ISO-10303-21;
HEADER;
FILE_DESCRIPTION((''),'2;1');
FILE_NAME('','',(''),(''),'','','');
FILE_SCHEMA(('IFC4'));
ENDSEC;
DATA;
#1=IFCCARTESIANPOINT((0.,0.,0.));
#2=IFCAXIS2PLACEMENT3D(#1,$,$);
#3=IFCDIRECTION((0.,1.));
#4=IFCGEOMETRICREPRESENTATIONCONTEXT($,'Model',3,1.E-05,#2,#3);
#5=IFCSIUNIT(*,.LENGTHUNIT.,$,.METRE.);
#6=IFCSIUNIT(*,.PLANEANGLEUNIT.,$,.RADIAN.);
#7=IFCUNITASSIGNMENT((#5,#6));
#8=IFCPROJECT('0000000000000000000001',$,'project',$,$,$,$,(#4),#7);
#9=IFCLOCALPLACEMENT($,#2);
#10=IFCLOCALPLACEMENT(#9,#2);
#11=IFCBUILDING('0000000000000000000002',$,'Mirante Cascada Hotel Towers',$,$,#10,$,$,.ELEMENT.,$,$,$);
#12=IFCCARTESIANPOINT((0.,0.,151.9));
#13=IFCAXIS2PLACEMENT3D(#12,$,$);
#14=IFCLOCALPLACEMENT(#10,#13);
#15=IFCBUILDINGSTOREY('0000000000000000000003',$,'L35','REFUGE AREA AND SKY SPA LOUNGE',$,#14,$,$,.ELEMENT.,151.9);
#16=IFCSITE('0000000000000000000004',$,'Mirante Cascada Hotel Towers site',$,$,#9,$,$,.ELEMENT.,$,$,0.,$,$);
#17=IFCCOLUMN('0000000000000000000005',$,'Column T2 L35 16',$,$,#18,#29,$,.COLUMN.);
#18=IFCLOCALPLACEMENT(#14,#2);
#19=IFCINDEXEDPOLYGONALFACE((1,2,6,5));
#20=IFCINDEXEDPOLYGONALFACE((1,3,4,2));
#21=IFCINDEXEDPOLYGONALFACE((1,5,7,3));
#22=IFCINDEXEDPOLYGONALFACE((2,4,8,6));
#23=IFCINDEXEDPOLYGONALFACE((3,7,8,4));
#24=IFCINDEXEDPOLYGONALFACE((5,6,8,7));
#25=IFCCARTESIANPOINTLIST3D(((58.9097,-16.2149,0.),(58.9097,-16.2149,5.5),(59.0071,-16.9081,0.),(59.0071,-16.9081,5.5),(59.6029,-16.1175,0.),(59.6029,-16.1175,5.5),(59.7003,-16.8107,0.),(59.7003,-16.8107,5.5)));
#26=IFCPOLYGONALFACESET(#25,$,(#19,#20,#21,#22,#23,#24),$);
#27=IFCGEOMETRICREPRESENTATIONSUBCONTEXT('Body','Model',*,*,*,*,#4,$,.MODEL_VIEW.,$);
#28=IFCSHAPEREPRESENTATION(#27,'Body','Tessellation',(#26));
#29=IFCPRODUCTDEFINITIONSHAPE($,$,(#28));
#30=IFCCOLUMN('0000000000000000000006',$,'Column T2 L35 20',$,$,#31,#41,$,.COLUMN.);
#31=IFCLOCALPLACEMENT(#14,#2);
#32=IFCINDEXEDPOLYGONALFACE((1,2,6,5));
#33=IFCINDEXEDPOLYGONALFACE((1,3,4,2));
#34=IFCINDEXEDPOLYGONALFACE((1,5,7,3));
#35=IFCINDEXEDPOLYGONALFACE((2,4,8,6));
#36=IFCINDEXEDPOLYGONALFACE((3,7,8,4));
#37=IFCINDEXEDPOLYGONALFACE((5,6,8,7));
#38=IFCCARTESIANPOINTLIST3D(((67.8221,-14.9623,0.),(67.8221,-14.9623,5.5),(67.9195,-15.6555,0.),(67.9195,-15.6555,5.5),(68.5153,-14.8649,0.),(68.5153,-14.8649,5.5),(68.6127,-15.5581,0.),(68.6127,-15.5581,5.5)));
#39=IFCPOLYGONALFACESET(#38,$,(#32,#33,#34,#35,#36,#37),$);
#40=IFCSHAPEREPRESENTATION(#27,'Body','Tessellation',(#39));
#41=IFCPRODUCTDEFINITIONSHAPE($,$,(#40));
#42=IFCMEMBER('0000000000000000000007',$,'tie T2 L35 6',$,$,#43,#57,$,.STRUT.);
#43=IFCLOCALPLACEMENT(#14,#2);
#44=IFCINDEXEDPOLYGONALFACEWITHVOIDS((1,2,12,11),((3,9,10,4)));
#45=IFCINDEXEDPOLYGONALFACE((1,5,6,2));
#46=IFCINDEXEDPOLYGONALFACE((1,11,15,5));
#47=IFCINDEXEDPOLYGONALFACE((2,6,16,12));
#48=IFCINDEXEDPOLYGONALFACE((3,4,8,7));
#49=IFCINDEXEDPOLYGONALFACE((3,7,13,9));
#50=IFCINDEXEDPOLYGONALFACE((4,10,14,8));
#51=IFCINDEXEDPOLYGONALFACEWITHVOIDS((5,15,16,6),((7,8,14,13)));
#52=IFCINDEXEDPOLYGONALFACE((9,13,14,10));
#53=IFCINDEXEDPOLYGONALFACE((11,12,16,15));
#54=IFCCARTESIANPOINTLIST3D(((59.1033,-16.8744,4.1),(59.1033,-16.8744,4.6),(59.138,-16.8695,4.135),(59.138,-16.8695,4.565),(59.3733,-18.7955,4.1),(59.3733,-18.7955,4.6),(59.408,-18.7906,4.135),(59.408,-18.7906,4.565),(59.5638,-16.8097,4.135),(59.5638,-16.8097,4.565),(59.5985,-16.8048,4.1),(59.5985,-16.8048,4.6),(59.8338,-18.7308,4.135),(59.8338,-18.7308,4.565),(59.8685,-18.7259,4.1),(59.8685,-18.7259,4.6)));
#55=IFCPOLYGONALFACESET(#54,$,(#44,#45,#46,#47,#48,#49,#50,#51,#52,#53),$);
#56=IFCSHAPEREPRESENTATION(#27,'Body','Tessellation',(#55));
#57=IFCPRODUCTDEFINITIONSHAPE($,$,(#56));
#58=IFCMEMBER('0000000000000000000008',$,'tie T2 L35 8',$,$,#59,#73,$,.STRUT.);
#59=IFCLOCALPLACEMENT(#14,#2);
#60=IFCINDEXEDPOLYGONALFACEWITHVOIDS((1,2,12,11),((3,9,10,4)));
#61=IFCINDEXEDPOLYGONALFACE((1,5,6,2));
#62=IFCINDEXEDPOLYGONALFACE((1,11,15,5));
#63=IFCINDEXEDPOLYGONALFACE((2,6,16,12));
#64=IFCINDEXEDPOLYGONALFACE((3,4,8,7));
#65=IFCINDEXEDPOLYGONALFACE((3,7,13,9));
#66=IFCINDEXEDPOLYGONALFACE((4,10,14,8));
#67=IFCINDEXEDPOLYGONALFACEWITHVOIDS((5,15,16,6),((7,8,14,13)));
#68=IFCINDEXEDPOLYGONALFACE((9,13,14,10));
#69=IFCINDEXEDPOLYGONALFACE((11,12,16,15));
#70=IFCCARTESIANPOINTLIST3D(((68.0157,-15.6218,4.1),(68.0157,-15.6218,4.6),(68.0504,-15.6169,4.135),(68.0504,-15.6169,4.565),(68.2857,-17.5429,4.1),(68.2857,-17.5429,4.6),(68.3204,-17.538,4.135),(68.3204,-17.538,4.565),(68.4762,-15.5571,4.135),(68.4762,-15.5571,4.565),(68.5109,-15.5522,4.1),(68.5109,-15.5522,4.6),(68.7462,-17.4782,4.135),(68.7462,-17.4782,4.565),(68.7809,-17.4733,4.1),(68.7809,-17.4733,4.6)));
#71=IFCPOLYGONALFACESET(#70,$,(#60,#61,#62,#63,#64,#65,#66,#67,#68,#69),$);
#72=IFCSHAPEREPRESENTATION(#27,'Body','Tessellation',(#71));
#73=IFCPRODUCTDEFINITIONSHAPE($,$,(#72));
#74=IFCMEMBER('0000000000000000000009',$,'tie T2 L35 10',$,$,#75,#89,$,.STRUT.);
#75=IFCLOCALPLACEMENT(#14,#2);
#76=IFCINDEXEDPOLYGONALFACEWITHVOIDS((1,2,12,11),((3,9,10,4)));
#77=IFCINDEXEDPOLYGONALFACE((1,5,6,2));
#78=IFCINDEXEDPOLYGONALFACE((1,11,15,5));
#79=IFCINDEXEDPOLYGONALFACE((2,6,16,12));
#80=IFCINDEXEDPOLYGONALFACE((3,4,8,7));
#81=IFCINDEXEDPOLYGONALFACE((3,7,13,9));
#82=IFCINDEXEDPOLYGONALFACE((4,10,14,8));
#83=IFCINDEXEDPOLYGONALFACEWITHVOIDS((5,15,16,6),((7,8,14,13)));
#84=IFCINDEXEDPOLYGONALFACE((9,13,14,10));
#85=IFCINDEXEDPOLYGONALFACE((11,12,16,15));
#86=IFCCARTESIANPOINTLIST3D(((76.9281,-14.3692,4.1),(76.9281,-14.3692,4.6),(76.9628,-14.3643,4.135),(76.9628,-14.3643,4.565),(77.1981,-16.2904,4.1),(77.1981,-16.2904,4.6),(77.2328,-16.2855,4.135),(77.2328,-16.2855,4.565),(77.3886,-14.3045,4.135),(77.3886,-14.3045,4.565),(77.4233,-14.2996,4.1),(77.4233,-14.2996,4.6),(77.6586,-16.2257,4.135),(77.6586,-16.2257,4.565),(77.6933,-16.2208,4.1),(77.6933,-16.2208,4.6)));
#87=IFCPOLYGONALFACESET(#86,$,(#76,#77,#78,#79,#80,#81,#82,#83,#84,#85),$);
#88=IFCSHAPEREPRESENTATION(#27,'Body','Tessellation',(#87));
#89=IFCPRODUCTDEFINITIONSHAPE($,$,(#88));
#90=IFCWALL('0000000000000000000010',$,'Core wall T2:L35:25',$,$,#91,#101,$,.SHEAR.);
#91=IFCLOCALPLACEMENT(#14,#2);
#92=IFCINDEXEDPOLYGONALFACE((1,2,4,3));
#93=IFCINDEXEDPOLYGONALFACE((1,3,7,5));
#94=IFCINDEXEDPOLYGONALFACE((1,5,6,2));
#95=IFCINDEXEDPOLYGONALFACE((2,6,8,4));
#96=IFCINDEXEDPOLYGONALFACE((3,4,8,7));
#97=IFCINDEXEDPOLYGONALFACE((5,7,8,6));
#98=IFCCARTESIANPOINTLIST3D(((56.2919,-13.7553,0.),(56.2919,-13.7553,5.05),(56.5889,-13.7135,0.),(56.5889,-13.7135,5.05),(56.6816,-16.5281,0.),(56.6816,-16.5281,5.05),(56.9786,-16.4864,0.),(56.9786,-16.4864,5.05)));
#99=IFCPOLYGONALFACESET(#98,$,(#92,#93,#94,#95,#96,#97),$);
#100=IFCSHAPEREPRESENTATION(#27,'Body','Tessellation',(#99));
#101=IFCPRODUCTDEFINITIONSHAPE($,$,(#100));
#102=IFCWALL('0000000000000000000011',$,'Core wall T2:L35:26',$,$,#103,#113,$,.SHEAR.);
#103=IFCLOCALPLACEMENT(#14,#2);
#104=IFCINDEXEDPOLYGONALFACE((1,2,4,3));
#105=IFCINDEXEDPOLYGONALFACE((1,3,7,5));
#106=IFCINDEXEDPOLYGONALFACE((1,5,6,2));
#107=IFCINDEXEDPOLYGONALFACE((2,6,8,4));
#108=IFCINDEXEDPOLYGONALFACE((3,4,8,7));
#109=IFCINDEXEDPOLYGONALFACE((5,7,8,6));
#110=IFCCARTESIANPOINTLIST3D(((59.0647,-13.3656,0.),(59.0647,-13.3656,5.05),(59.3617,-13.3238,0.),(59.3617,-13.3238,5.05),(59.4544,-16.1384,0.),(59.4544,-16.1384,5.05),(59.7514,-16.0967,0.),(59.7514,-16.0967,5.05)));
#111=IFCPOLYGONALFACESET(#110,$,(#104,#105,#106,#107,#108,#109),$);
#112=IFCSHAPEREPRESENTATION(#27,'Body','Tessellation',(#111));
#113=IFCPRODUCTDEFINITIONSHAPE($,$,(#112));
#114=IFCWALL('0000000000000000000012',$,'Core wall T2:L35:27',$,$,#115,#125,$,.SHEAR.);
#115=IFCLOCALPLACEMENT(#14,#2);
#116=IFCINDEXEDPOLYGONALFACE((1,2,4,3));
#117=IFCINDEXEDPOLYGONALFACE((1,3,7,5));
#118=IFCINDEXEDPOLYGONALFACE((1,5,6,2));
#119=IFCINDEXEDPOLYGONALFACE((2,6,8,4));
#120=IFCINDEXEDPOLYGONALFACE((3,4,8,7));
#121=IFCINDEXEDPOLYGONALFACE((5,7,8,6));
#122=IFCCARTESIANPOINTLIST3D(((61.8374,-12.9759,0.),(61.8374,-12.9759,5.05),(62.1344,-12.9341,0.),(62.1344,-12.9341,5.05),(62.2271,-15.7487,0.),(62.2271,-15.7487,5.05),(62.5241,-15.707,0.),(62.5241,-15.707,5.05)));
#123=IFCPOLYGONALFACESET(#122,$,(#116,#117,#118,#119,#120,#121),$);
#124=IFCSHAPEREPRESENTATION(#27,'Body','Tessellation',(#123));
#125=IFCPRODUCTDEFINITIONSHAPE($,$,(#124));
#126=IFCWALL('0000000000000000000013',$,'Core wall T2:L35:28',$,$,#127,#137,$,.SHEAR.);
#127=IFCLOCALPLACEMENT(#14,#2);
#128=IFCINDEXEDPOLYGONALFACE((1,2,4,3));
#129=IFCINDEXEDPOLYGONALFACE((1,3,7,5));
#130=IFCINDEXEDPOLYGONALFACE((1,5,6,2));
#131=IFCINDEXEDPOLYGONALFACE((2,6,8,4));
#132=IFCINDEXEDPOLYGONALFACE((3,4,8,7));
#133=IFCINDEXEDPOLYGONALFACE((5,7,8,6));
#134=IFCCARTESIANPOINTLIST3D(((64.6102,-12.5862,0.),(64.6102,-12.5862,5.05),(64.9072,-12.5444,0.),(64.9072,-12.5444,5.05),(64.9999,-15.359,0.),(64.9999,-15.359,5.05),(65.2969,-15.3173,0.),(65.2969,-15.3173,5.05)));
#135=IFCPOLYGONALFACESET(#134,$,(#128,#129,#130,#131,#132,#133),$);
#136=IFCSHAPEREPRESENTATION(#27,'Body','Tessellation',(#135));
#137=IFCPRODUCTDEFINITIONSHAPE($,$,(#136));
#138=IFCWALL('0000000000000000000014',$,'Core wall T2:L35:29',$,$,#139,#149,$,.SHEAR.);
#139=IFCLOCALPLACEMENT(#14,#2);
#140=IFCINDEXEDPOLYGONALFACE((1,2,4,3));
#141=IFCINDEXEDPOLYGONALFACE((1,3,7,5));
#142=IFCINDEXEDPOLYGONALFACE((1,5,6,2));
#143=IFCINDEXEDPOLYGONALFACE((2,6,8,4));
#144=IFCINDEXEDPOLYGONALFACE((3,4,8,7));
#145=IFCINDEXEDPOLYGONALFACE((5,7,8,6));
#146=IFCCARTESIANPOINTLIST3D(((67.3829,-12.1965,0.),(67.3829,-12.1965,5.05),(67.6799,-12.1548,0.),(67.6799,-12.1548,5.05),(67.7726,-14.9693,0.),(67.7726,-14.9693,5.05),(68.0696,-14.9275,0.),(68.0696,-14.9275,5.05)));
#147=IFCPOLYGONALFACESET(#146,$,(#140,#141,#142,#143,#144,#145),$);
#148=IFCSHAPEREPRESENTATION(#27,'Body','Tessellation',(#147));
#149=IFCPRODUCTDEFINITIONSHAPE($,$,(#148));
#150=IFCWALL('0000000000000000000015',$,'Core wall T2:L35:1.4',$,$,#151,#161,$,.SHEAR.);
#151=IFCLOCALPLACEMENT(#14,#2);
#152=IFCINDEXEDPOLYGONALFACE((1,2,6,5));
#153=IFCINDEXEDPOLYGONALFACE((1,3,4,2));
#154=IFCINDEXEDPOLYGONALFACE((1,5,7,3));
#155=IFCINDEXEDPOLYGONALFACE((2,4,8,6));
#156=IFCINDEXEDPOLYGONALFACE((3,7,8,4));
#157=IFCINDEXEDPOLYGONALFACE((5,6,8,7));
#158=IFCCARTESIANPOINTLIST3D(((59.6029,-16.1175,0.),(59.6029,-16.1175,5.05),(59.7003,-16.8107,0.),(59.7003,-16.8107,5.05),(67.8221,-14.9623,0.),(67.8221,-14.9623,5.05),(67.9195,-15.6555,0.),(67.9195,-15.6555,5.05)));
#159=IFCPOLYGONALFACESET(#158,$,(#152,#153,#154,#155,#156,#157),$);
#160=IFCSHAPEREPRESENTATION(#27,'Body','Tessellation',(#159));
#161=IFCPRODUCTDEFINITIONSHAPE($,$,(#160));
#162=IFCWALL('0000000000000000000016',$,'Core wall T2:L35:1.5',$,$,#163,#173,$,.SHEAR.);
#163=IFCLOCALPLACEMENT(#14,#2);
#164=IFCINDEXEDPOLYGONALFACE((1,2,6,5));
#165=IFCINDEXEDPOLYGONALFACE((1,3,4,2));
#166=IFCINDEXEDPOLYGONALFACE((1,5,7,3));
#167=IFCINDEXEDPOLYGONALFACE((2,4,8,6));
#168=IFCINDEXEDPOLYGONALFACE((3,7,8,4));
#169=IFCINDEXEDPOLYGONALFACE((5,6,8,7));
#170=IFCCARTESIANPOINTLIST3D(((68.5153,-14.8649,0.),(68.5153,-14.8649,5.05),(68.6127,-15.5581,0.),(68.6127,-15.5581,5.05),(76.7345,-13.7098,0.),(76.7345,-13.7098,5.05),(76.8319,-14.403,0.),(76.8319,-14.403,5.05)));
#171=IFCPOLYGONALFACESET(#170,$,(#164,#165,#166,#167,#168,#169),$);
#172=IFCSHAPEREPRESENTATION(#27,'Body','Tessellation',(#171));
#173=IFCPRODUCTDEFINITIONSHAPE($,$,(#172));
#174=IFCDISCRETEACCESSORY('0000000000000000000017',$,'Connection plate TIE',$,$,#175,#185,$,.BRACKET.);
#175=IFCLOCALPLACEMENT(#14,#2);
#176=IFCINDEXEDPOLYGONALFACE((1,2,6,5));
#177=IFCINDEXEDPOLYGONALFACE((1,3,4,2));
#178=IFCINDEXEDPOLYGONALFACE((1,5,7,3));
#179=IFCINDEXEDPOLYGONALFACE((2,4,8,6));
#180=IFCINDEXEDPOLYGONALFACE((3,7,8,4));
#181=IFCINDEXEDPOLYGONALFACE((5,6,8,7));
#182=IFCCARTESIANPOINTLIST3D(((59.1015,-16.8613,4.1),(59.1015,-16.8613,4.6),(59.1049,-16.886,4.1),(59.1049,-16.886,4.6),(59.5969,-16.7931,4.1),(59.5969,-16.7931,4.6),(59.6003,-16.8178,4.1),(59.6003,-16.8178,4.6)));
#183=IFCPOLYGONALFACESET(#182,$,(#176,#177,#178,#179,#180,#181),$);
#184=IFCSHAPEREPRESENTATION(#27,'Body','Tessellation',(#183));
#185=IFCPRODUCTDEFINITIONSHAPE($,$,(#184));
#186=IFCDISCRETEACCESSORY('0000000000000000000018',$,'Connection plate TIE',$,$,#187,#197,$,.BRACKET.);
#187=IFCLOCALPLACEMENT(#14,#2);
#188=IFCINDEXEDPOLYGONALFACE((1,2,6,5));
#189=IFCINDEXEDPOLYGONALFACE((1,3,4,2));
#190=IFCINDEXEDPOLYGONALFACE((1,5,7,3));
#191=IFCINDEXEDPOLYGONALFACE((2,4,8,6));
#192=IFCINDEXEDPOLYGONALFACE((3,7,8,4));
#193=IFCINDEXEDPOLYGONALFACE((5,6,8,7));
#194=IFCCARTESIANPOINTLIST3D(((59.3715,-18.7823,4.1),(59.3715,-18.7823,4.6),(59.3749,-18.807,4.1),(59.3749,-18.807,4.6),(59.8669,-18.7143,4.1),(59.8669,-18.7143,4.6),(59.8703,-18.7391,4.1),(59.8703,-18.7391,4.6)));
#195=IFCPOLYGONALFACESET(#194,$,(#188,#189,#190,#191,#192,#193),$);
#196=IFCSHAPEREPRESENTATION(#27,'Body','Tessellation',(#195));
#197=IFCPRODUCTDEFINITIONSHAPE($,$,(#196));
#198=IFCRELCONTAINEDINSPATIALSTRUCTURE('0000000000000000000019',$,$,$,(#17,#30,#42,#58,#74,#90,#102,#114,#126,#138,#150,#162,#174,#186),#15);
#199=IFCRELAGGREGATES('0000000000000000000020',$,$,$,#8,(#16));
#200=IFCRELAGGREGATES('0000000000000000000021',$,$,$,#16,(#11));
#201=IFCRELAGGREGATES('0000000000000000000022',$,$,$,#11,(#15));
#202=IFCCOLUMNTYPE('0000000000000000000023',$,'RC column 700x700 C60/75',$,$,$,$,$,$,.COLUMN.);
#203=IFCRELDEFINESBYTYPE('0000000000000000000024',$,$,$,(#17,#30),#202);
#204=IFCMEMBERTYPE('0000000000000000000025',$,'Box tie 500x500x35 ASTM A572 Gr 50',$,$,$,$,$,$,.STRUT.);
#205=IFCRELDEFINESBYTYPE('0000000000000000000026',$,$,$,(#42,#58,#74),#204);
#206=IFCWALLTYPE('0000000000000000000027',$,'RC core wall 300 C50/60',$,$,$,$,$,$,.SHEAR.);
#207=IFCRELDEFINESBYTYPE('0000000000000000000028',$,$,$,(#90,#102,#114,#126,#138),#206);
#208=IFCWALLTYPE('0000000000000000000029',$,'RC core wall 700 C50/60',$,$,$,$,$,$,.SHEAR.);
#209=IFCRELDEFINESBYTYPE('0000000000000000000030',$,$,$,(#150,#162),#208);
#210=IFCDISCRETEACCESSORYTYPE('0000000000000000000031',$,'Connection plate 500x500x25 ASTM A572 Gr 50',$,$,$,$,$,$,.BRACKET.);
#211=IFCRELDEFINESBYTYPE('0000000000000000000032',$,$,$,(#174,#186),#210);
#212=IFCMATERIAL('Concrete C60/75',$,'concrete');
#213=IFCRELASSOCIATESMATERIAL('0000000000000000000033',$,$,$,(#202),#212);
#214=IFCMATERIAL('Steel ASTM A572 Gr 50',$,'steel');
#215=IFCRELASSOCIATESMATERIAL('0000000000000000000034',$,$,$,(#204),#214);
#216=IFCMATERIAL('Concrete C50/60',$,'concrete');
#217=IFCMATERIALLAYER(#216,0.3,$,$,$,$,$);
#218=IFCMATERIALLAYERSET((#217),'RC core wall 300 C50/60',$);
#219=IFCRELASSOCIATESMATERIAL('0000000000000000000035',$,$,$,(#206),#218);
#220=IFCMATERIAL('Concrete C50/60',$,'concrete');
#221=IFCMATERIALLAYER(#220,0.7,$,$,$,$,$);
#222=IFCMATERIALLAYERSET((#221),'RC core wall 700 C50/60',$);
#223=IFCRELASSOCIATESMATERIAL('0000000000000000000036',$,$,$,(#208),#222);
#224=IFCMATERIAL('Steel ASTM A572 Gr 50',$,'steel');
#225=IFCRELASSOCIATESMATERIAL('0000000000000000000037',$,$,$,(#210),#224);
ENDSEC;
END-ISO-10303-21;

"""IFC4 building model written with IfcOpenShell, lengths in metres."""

from ifc_helpers import new_model, si_unit, direction, frame, frame_2d, origin, origin_2d, place, context, subcontext, project, spatial, rectangle, hollow_rectangle, extrude, material, layer, layer_set, material_profile, profile_set, type_object, element, save


model = new_model("IFC4")

# Units and contexts
model_context = context("Model", 3, precision=1e-05, world=origin(), true_north=direction((0.0, 1.0)))
body_context = subcontext(model_context, "Body", "Model", "MODEL_VIEW")
ifc_project = project(units=[si_unit("LENGTHUNIT", "METRE"), si_unit("PLANEANGLEUNIT", "RADIAN")], contexts=[model_context])

# Site, building, storey
site_placement = place(None, origin())
site = spatial("IfcSite", under=ifc_project, at=site_placement, Name="Mirante Cascada Hotel Towers site", CompositionType="ELEMENT", RefElevation=0.0)
building_placement = place(site_placement, origin())
building = spatial("IfcBuilding", under=site, at=building_placement, Name="Mirante Cascada Hotel Towers", CompositionType="ELEMENT")
storey_placement = place(building_placement, frame((0.0, 0.0, 151.9)))
storey = spatial("IfcBuildingStorey", under=building, at=storey_placement, Name="L35", Description="REFUGE AREA AND SKY SPA LOUNGE", CompositionType="ELEMENT", Elevation=151.9)

# Columns
ifc_material_1 = material(Name="Concrete C60/75", Category="concrete")
ifc_material_profile_1 = material_profile(ifc_material_1, rectangle(XDim=0.7, YDim=0.7, at=origin_2d()), Name="RC column 700x700 C60/75")
ifc_profile_set_1 = profile_set([ifc_material_profile_1], Name="Concrete C60/75")
column_type = type_object("IfcColumnType", Name="RC column 700x700 C60/75", PredefinedType="COLUMN", material=ifc_profile_set_1)
for number, where, z_axis, x_axis, name in (
    (1, (59.305, -16.5128, 0.0), (0.0, 0.0, 1.0), (0.990268, 0.139173, 0.0), "Column T2 L35 16"),
    (2, (68.2174, -15.2602, 0.0), (0.0, 0.0, 1.0), (0.990268, 0.139173, 0.0), "Column T2 L35 20"),
):
    element("IfcColumn", number, at=place(storey_placement, frame(where, z_axis=z_axis, x_axis=x_axis)), inside=storey, type_object=column_type, Name=name, PredefinedType="COLUMN", context=body_context, shape_type="SweptSolid", body=[
        extrude(rectangle(XDim=0.7, YDim=0.7, at=origin_2d()), origin(), (0.0, 0.0, 1.0), 5.5),
    ])

# Members
ifc_material_2 = material(Name="Steel ASTM A572 Gr 50", Category="steel")
ifc_material_profile_2 = material_profile(ifc_material_2, hollow_rectangle(XDim=0.5, YDim=0.5, WallThickness=0.035, at=origin_2d()), Name="Box tie 500x500x35 ASTM A572 Gr 50")
ifc_profile_set_2 = profile_set([ifc_material_profile_2], Name="Steel ASTM A572 Gr 50")
member_type = type_object("IfcMemberType", Name="Box tie 500x500x35 ASTM A572 Gr 50", PredefinedType="STRUT", material=ifc_profile_set_2)
for number, where, z_axis, x_axis, name in (
    (3, (59.3509, -16.8396, 4.35), (0.139177, -0.990268, 0.0), (0.990268, 0.139177, 0.0), "tie T2 L35 6"),
    (4, (68.2633, -15.587, 4.35), (0.139177, -0.990268, 0.0), (0.990268, 0.139177, 0.0), "tie T2 L35 8"),
):
    element("IfcMember", number, at=place(storey_placement, frame(where, z_axis=z_axis, x_axis=x_axis)), inside=storey, type_object=member_type, Name=name, PredefinedType="STRUT", context=body_context, shape_type="SweptSolid", body=[
        extrude(hollow_rectangle(XDim=0.5, YDim=0.5, WallThickness=0.035, at=origin_2d()), origin(), (0.0, 0.0, 1.0), 1.94),
    ])
member_placement = place(storey_placement, frame((77.1757, -14.3344, 4.35), z_axis=(0.13917, -0.990269, 0.0), x_axis=(0.990269, 0.13917, 0.0)))
element("IfcMember", 5, at=member_placement, inside=storey, type_object=member_type, Name="tie T2 L35 10", PredefinedType="STRUT", context=body_context, shape_type="SweptSolid", body=[
    extrude(hollow_rectangle(XDim=0.5, YDim=0.5, WallThickness=0.035, at=origin_2d()), origin(), (0.0, 0.0, 1.0), 1.9401),
])

# Walls
ifc_material_3 = material(Name="Concrete C50/60", Category="concrete")
ifc_layer_1 = layer(ifc_material_3, 0.3)
ifc_layer_set_1 = layer_set([ifc_layer_1], Name="RC core wall 300 C50/60")
wall_type_1 = type_object("IfcWallType", Name="RC core wall 300 C50/60", PredefinedType="SHEAR", material=ifc_layer_set_1)
for number, where, z_axis, x_axis, name in (
    (6, (56.8301, -16.5072, 0.0), (0.0, 0.0, 1.0), (-0.139176, 0.990268, 0.0), "Core wall T2:L35:25"),
    (7, (59.6029, -16.1175, 0.0), (0.0, 0.0, 1.0), (-0.139176, 0.990268, 0.0), "Core wall T2:L35:26"),
    (8, (62.3756, -15.7278, 0.0), (0.0, 0.0, 1.0), (-0.139176, 0.990268, 0.0), "Core wall T2:L35:27"),
    (9, (65.1484, -15.3381, 0.0), (0.0, 0.0, 1.0), (-0.139176, 0.990268, 0.0), "Core wall T2:L35:28"),
):
    element("IfcWall", number, at=place(storey_placement, frame(where, z_axis=z_axis, x_axis=x_axis)), inside=storey, type_object=wall_type_1, Name=name, PredefinedType="SHEAR", context=body_context, shape_type="SweptSolid", body=[
        extrude(rectangle(XDim=2.8001, YDim=0.3, at=frame_2d((1.4, 0.0))), origin(), (0.0, 0.0, 1.0), 5.05),
    ])
wall_placement = place(storey_placement, frame((67.9211, -14.9484, 0.0), z_axis=(0.0, 0.0, 1.0), x_axis=(-0.139181, 0.990267, 0.0)))
element("IfcWall", 10, at=wall_placement, inside=storey, type_object=wall_type_1, Name="Core wall T2:L35:29", PredefinedType="SHEAR", context=body_context, shape_type="SweptSolid", body=[
    extrude(rectangle(XDim=2.8, YDim=0.3, at=frame_2d((1.4, 0.0))), origin(), (0.0, 0.0, 1.0), 5.05),
])
ifc_material_4 = material(Name="Concrete C50/60", Category="concrete")
ifc_layer_2 = layer(ifc_material_4, 0.7)
ifc_layer_set_2 = layer_set([ifc_layer_2], Name="RC core wall 700 C50/60")
wall_type_2 = type_object("IfcWallType", Name="RC core wall 700 C50/60", PredefinedType="SHEAR", material=ifc_layer_set_2)
for number, where, z_axis, x_axis, name in (
    (11, (59.6516, -16.4641, 0.0), (0.0, 0.0, 1.0), (0.990267, 0.139181, 0.0), "Core wall T2:L35:1.4"),
    (12, (68.564, -15.2115, 0.0), (0.0, 0.0, 1.0), (0.990269, 0.139169, 0.0), "Core wall T2:L35:1.5"),
):
    element("IfcWall", number, at=place(storey_placement, frame(where, z_axis=z_axis, x_axis=x_axis)), inside=storey, type_object=wall_type_2, Name=name, PredefinedType="SHEAR", context=body_context, shape_type="SweptSolid", body=[
        extrude(rectangle(XDim=8.3, YDim=0.7, at=frame_2d((4.15, 0.0))), origin(), (0.0, 0.0, 1.0), 5.05),
    ])

# Discrete accessories
ifc_material_5 = material(Name="Steel ASTM A572 Gr 50", Category="steel")
ifc_material_profile_3 = material_profile(ifc_material_5, rectangle(XDim=0.5, YDim=0.5, at=origin_2d()), Name="Connection plate 500x500x25 ASTM A572 Gr 50")
ifc_profile_set_3 = profile_set([ifc_material_profile_3], Name="Steel ASTM A572 Gr 50")
discrete_accessory_type_1 = type_object("IfcDiscreteAccessoryType", Name="Connection plate 500x500x25 ASTM A572 Gr 50", PredefinedType="BRACKET", material=ifc_profile_set_3)
discrete_accessory_1_placement = place(storey_placement, frame((59.3492, -16.8272, 4.35), z_axis=(0.136366, -0.990658, 0.0), x_axis=(0.990658, 0.136366, 0.0)))
element("IfcDiscreteAccessory", 13, at=discrete_accessory_1_placement, inside=storey, type_object=discrete_accessory_type_1, Name="Connection plate TIE", PredefinedType="BRACKET", context=body_context, shape_type="SweptSolid", body=[
    extrude(rectangle(XDim=0.5, YDim=0.5, at=origin_2d()), origin(), (0.0, 0.0, 1.0), 0.0249),
])
for number, where, z_axis, x_axis, name in (
    (14, (59.6192, -18.7483, 4.35), (0.135826, -0.990733, 0.0), (0.990733, 0.135826, 0.0), "Connection plate TIE"),
):
    element("IfcDiscreteAccessory", number, at=place(storey_placement, frame(where, z_axis=z_axis, x_axis=x_axis)), inside=storey, type_object=discrete_accessory_type_1, Name=name, PredefinedType="BRACKET", context=body_context, shape_type="SweptSolid", body=[
        extrude(rectangle(XDim=0.5, YDim=0.5, at=origin_2d()), origin(), (0.0, 0.0, 1.0), 0.025),
    ])

save(model, "model.ifc")
